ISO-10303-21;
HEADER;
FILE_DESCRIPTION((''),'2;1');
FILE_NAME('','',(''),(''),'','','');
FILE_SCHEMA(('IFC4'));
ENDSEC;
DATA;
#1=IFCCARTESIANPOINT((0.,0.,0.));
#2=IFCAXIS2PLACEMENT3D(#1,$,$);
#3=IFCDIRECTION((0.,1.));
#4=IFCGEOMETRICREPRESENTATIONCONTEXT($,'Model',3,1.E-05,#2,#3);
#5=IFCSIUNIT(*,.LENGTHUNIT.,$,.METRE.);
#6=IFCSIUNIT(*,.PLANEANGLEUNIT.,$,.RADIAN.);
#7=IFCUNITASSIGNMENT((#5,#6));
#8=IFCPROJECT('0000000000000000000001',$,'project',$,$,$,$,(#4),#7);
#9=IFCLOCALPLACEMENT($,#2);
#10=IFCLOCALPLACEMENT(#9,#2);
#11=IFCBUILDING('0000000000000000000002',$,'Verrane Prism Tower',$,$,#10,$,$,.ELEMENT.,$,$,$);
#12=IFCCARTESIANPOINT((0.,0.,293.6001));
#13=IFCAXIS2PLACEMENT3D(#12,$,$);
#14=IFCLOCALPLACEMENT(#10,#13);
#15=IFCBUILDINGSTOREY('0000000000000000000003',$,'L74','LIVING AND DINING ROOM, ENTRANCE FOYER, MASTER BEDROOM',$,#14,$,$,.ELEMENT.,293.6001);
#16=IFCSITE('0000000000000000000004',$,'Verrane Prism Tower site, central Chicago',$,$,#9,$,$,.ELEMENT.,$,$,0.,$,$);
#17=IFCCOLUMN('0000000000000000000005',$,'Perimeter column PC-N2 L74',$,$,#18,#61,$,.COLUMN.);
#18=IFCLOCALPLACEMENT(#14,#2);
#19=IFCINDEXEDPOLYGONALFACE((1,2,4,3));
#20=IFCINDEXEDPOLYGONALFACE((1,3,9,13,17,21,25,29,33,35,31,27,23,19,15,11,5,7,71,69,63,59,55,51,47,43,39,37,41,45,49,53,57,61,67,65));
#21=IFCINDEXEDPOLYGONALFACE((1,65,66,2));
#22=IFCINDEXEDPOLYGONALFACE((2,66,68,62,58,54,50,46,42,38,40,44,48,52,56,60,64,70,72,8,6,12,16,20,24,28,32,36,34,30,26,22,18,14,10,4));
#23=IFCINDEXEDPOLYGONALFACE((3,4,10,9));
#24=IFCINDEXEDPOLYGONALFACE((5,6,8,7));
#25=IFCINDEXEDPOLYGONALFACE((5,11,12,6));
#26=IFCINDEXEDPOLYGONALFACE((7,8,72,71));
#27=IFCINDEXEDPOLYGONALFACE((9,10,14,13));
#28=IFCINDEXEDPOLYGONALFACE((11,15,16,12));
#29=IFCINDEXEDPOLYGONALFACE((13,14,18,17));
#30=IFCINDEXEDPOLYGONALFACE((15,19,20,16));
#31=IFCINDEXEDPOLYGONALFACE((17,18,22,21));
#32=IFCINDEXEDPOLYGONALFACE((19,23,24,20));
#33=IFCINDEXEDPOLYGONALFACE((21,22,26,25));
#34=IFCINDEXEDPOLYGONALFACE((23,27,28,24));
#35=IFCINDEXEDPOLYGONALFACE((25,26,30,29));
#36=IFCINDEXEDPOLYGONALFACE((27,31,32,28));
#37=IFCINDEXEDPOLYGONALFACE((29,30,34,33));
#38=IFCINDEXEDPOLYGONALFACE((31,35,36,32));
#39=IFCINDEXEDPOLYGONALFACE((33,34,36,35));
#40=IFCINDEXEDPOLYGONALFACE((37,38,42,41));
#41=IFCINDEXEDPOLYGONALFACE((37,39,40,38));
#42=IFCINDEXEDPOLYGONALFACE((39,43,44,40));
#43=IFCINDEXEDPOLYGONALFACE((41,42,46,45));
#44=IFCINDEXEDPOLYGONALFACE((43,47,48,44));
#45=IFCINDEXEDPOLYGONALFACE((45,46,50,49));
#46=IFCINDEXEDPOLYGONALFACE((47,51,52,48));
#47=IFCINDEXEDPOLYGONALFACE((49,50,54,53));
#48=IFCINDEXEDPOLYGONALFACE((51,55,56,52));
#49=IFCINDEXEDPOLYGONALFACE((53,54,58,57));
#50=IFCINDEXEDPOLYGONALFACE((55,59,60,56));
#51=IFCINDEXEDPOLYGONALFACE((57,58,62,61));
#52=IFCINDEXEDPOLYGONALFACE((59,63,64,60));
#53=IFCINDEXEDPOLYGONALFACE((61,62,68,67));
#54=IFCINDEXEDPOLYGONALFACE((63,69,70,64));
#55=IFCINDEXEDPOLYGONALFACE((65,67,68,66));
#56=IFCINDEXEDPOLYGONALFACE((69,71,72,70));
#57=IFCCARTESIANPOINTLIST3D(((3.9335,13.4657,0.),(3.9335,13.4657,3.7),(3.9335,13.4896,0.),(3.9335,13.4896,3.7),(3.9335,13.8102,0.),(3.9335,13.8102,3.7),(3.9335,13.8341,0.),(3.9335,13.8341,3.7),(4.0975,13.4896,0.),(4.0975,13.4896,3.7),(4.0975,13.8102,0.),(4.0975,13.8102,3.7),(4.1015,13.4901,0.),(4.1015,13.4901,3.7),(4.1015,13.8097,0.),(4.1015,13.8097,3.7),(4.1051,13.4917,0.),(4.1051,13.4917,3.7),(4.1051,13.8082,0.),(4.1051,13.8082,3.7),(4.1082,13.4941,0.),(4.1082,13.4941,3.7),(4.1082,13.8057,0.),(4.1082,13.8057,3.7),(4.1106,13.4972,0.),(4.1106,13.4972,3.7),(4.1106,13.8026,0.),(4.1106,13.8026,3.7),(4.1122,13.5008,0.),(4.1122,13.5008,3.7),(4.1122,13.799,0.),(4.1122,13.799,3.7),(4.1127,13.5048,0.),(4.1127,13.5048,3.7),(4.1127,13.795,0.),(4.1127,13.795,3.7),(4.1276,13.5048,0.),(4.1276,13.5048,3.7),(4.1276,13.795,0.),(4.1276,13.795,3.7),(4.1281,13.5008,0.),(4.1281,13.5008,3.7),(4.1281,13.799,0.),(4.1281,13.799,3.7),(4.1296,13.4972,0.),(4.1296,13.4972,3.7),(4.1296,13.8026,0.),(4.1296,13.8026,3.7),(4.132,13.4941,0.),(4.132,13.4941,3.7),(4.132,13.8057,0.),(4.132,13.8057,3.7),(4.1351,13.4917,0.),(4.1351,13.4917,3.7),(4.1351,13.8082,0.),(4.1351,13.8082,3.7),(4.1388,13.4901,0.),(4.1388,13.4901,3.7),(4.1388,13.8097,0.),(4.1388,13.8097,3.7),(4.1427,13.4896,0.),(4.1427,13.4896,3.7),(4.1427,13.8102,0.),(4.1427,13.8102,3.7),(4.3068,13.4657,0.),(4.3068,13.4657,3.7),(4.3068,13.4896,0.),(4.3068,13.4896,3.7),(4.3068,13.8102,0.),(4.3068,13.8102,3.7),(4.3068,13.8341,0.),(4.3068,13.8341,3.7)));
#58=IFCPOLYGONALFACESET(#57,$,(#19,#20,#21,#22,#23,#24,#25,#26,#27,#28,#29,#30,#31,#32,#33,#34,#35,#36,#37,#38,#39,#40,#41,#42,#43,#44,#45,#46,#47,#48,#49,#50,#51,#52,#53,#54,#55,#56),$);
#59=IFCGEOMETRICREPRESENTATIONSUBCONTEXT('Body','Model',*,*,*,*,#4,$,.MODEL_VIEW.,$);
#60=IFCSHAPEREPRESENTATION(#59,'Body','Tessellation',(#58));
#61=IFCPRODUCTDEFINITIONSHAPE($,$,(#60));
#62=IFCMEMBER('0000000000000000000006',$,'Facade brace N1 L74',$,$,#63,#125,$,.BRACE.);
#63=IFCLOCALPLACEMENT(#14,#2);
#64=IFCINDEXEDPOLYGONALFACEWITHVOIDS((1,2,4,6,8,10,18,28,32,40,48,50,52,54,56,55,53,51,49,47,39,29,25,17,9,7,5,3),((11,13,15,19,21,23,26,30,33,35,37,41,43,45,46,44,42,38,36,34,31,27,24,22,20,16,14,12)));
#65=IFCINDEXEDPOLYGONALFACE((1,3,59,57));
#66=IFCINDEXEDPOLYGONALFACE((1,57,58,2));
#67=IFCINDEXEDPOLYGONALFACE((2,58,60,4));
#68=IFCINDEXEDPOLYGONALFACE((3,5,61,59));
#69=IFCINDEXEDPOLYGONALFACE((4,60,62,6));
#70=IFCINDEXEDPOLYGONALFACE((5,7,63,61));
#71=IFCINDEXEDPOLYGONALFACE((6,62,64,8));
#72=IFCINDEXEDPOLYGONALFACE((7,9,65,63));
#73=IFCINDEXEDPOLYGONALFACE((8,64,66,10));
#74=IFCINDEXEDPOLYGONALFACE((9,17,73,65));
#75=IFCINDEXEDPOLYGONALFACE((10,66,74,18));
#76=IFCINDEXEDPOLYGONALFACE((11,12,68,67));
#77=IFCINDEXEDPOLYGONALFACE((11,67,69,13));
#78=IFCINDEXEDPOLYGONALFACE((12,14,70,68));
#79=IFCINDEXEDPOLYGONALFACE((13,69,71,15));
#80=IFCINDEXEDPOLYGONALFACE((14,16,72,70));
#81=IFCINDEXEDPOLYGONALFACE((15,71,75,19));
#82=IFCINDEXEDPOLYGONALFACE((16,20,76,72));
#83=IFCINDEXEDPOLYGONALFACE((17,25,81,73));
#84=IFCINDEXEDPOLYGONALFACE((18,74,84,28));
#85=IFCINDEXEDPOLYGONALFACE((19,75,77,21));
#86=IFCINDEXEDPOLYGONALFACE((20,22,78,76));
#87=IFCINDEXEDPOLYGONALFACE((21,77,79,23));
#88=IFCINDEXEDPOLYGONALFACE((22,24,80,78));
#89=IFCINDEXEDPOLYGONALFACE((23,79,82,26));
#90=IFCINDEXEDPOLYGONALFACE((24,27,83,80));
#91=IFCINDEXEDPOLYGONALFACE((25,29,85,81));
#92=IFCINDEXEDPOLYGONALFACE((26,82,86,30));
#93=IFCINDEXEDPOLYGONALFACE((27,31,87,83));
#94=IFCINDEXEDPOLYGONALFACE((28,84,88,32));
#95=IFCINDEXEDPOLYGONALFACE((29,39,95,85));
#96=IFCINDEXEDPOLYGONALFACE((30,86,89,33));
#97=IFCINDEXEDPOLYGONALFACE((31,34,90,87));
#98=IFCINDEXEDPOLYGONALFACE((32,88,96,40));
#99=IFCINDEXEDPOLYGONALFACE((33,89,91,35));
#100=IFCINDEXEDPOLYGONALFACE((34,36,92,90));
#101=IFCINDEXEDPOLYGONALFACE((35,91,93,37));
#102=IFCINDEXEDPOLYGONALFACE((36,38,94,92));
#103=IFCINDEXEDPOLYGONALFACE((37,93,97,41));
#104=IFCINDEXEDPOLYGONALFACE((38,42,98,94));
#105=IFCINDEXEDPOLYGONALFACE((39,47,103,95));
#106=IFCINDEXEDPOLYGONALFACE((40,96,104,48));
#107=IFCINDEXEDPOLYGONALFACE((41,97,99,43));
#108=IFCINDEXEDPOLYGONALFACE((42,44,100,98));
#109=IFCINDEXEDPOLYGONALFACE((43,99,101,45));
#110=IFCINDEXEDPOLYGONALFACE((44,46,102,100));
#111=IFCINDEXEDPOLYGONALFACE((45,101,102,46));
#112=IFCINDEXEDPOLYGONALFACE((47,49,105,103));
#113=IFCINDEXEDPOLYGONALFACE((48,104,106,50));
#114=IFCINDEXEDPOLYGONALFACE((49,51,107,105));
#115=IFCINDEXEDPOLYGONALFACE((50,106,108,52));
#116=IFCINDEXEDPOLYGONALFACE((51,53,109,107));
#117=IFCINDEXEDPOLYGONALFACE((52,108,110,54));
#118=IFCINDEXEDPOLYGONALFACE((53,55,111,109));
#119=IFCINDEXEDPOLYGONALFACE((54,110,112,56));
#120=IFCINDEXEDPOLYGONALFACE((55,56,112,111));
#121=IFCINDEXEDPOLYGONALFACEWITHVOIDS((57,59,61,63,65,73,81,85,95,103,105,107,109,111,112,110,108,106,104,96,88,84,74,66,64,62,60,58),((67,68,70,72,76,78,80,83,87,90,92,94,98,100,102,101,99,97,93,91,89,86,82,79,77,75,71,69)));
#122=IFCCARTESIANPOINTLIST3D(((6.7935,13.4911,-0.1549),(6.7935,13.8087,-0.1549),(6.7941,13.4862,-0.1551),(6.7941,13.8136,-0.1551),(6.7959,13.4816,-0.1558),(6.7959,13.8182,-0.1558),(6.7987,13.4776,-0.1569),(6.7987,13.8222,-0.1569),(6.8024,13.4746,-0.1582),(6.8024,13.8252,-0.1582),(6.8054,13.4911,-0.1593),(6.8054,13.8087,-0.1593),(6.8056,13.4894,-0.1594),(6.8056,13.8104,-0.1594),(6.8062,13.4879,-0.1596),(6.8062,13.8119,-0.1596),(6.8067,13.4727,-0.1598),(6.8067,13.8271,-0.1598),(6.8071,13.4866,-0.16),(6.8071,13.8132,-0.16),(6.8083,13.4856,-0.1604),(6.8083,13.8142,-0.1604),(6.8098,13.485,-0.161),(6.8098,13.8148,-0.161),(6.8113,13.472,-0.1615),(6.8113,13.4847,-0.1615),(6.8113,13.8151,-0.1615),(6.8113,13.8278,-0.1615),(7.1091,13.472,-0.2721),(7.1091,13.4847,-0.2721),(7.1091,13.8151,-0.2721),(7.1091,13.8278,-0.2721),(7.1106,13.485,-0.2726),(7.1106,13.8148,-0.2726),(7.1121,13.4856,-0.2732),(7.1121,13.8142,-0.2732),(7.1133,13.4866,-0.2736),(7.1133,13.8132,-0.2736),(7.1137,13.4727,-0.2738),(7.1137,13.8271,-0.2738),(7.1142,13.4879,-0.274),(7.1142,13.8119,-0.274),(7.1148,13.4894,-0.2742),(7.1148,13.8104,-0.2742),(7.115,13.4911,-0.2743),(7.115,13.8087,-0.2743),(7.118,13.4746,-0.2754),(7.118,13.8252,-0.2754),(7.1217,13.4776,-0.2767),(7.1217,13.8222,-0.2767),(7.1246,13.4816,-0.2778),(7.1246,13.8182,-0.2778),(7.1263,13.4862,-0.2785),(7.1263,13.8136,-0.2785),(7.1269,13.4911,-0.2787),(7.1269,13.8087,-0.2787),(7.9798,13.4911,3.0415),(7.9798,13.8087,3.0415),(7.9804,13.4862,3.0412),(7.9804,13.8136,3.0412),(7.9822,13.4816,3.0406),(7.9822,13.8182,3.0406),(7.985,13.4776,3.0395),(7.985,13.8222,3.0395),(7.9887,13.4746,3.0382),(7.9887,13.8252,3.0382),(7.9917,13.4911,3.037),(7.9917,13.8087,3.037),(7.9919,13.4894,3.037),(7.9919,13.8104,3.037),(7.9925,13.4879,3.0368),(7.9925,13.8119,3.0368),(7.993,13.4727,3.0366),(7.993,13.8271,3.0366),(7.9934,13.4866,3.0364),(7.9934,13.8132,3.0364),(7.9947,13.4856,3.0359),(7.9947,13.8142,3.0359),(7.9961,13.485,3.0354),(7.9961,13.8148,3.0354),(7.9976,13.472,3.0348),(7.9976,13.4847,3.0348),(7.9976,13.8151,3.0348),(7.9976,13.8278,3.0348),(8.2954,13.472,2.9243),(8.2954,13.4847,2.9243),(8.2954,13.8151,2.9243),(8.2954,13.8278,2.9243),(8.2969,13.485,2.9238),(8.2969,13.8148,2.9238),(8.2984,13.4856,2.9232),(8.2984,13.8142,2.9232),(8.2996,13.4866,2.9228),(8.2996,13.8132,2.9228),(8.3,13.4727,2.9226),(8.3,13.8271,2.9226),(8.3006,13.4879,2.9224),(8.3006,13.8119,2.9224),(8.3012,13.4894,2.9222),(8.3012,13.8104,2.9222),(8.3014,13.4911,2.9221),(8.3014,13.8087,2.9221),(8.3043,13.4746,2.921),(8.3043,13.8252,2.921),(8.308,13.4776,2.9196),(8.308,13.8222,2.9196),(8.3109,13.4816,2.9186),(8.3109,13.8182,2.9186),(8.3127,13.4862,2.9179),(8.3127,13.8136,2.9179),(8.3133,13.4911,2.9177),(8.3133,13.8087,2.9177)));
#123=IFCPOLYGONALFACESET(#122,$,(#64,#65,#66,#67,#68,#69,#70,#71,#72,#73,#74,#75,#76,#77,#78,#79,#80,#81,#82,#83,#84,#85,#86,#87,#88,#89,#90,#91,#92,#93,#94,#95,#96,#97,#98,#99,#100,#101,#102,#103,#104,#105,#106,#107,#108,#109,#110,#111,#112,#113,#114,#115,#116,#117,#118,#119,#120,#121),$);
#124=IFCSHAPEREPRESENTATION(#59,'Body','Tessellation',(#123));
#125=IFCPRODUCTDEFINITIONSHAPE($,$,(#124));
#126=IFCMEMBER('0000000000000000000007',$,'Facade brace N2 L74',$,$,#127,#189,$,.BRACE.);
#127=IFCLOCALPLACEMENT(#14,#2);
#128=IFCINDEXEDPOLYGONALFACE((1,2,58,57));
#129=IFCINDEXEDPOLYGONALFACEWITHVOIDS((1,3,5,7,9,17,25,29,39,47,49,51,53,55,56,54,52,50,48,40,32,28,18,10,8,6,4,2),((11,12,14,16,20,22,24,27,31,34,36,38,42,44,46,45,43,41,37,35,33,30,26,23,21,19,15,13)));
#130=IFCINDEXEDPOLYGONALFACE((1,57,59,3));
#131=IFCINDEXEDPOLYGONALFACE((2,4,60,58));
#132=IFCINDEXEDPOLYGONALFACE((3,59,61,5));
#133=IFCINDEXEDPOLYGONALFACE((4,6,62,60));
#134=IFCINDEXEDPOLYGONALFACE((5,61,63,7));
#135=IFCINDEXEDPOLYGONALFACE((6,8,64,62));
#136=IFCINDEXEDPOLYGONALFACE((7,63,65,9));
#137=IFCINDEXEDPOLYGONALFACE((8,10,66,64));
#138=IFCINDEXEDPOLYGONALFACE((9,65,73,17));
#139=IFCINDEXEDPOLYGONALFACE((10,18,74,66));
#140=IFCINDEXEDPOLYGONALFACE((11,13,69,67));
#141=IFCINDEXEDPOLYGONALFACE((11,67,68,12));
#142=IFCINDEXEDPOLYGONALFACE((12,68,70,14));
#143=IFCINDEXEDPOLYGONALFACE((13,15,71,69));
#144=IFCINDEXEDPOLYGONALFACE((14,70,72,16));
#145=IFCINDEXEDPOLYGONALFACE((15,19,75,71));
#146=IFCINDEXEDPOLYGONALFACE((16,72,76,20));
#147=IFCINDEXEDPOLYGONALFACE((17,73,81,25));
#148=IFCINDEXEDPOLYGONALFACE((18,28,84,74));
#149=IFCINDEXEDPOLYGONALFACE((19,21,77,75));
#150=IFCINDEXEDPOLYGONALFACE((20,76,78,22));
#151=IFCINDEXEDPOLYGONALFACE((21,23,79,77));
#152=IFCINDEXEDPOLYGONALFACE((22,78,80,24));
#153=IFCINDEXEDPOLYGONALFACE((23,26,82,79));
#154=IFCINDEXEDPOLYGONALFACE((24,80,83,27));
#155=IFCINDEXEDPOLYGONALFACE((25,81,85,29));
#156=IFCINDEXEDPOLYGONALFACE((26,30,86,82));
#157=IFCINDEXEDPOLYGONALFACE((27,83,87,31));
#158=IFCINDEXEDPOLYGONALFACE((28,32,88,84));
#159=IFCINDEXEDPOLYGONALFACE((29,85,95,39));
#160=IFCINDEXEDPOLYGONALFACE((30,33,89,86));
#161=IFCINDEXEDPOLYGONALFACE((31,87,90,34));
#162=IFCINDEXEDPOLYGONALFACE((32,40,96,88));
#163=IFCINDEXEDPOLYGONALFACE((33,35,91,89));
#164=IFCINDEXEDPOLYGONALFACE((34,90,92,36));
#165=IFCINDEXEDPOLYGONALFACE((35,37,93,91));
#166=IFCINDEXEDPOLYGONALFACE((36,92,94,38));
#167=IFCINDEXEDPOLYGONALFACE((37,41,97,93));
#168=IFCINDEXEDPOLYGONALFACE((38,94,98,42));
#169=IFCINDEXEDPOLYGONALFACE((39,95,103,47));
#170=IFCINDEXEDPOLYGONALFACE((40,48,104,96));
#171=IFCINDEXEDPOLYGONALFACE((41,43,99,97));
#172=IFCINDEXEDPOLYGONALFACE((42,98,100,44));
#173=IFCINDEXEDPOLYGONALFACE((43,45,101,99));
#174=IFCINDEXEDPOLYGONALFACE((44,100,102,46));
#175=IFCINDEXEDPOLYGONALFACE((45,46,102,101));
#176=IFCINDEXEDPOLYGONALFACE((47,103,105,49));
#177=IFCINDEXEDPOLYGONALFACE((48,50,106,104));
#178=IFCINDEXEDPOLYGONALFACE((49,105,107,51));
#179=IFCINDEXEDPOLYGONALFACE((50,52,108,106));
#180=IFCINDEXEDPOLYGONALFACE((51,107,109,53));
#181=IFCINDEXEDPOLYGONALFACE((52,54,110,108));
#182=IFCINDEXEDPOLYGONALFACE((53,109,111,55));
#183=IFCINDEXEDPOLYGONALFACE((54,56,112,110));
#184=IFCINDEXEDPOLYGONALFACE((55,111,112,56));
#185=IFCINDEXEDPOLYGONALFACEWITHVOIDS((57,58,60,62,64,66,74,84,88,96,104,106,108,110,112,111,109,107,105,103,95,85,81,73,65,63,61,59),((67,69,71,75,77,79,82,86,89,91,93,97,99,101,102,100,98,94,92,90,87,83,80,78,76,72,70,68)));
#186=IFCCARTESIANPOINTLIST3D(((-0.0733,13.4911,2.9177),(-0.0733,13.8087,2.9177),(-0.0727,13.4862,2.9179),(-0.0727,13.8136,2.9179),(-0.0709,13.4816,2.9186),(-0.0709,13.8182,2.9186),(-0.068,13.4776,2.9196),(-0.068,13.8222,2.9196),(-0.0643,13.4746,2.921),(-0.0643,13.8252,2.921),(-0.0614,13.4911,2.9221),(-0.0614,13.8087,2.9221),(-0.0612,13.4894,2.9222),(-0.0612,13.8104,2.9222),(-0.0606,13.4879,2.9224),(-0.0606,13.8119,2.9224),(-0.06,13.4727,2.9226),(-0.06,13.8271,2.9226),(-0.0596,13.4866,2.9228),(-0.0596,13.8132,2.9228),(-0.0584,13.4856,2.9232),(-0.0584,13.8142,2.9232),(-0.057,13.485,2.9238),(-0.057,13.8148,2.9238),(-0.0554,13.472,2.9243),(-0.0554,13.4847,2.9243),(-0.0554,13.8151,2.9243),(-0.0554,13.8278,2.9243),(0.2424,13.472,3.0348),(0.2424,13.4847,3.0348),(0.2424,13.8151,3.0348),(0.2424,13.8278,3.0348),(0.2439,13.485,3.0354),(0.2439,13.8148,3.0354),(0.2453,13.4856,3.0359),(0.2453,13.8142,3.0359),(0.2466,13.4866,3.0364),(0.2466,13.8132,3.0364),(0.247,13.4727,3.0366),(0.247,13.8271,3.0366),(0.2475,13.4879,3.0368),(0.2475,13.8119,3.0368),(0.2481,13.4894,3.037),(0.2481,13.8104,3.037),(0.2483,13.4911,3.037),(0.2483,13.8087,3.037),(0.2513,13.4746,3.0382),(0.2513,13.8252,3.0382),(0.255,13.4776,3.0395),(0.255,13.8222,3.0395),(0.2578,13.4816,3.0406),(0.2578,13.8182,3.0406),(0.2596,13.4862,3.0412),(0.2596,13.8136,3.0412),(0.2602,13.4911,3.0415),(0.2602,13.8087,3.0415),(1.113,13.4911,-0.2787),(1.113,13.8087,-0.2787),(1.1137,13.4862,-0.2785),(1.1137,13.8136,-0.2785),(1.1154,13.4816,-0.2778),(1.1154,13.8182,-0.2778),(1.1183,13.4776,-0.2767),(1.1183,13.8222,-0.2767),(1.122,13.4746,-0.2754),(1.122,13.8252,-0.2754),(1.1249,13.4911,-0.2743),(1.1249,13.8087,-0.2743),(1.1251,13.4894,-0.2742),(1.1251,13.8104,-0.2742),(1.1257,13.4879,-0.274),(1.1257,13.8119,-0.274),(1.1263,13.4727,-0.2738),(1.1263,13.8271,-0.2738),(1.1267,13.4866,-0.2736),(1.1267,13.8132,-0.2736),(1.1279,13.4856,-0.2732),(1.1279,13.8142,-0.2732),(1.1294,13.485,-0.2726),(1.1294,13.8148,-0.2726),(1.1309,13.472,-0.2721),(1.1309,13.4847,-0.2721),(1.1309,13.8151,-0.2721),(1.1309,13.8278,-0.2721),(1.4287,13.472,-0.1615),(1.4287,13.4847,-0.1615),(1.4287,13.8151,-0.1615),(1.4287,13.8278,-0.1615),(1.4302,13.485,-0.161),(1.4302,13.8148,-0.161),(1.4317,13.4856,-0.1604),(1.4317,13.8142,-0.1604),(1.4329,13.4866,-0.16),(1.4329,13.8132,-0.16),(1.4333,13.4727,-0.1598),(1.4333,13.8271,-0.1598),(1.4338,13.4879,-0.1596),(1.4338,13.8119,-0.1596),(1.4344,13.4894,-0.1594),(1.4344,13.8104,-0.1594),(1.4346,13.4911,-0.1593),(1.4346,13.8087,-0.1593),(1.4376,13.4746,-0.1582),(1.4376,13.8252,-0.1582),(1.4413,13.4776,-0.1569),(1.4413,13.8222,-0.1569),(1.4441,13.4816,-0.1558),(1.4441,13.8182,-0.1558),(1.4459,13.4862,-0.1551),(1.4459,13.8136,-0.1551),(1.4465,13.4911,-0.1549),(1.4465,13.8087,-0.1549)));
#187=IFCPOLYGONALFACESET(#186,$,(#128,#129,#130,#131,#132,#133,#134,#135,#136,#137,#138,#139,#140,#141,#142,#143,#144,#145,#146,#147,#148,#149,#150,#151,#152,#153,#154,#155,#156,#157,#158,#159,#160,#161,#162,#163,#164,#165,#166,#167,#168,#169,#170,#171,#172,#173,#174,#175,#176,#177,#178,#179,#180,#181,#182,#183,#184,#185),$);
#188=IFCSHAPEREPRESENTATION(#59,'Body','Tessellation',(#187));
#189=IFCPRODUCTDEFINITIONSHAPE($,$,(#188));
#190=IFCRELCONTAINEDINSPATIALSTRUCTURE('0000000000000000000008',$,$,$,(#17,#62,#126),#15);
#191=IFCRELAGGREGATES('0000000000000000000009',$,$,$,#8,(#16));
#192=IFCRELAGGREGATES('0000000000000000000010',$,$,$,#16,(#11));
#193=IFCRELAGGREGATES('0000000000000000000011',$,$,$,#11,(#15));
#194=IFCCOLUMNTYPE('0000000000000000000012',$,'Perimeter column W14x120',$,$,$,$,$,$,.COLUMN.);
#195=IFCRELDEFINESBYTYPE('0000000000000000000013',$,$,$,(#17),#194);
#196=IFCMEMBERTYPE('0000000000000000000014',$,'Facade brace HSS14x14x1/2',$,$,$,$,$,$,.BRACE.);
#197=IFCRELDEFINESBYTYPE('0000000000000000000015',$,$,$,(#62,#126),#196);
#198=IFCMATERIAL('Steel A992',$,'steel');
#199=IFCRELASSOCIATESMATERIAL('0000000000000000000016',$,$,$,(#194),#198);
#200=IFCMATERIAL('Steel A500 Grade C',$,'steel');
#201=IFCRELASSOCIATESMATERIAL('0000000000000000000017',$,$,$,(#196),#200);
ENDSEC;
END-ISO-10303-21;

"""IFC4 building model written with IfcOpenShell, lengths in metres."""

from ifc_helpers import new_model, si_unit, direction, frame, origin, origin_2d, place, context, subcontext, project, spatial, hollow_rectangle, i_section, extrude, material, material_profile, profile_set, type_object, element, save


model = new_model("IFC4")

# Units and contexts
model_context = context("Model", 3, precision=1e-05, world=origin(), true_north=direction((0.0, 1.0)))
body_context = subcontext(model_context, "Body", "Model", "MODEL_VIEW")
ifc_project = project(units=[si_unit("LENGTHUNIT", "METRE"), si_unit("PLANEANGLEUNIT", "RADIAN")], contexts=[model_context])

# Site, building, storey
site_placement = place(None, origin())
site = spatial("IfcSite", under=ifc_project, at=site_placement, Name="Verrane Prism Tower site, central Chicago", CompositionType="ELEMENT", RefElevation=0.0)
building_placement = place(site_placement, origin())
building = spatial("IfcBuilding", under=site, at=building_placement, Name="Verrane Prism Tower", CompositionType="ELEMENT")
storey_placement = place(building_placement, frame((0.0, 0.0, 293.6001)))
storey = spatial("IfcBuildingStorey", under=building, at=storey_placement, Name="L74", Description="LIVING AND DINING ROOM, ENTRANCE FOYER, MASTER BEDROOM", CompositionType="ELEMENT", Elevation=293.6001)

# Column
ifc_material_1 = material(Name="Steel A992", Category="steel")
ifc_material_profile_1 = material_profile(ifc_material_1, i_section(OverallWidth=0.3733, OverallDepth=0.3684, WebThickness=0.0149, FlangeThickness=0.0239, FilletRadius=0.0151, at=origin_2d()), Name="W14x120")
ifc_profile_set_1 = profile_set([ifc_material_profile_1], Name="Steel A992")
column_type = type_object("IfcColumnType", Name="Perimeter column W14x120", PredefinedType="COLUMN", material=ifc_profile_set_1)
column_placement = place(storey_placement, frame((4.1201, 13.6499, 0.0), z_axis=(0.0, 0.0, 1.0), x_axis=(1.0, 0.0, 0.0)))
element("IfcColumn", 1, at=column_placement, inside=storey, type_object=column_type, Name="Perimeter column PC-N2 L74", PredefinedType="COLUMN", context=body_context, shape_type="SweptSolid", body=[
    extrude(i_section(OverallWidth=0.3733, OverallDepth=0.3684, WebThickness=0.0149, FlangeThickness=0.0239, FilletRadius=0.0151, at=origin_2d()), origin(), (0.0, 0.0, 1.0), 3.7),
])

# Members
ifc_material_2 = material(Name="Steel A500 Grade C", Category="steel")
ifc_material_profile_2 = material_profile(ifc_material_2, hollow_rectangle(XDim=0.3557, YDim=0.3557, WallThickness=0.0127, InnerFilletRadius=0.0063, OuterFilletRadius=0.019, at=origin_2d()), Name="HSS14x14x1/2")
ifc_profile_set_2 = profile_set([ifc_material_profile_2], Name="Steel A500 Grade C")
member_type_1 = type_object("IfcMemberType", Name="Facade brace HSS14x14x1/2", PredefinedType="BRACE", material=ifc_profile_set_2)
for number, where, z_axis, x_axis, name in (
    (2, (6.9602, 13.6499, -0.2168), (0.347951, 0.0, 0.937513), (0.0, 1.0, 0.0), "Facade brace N1 L74"),
    (3, (1.2798, 13.6499, -0.2168), (-0.347951, 0.0, 0.937513), (0.0, -1.0, 0.0), "Facade brace N2 L74"),
):
    element("IfcMember", number, at=place(storey_placement, frame(where, z_axis=z_axis, x_axis=x_axis)), inside=storey, type_object=member_type_1, Name=name, PredefinedType="BRACE", context=body_context, shape_type="SweptSolid", body=[
        extrude(hollow_rectangle(XDim=0.3557, YDim=0.3557, WallThickness=0.0127, InnerFilletRadius=0.0063, OuterFilletRadius=0.019, at=origin_2d()), origin(), (0.0, 0.0, 1.0), 3.4094),
    ])

save(model, "model.ifc")
